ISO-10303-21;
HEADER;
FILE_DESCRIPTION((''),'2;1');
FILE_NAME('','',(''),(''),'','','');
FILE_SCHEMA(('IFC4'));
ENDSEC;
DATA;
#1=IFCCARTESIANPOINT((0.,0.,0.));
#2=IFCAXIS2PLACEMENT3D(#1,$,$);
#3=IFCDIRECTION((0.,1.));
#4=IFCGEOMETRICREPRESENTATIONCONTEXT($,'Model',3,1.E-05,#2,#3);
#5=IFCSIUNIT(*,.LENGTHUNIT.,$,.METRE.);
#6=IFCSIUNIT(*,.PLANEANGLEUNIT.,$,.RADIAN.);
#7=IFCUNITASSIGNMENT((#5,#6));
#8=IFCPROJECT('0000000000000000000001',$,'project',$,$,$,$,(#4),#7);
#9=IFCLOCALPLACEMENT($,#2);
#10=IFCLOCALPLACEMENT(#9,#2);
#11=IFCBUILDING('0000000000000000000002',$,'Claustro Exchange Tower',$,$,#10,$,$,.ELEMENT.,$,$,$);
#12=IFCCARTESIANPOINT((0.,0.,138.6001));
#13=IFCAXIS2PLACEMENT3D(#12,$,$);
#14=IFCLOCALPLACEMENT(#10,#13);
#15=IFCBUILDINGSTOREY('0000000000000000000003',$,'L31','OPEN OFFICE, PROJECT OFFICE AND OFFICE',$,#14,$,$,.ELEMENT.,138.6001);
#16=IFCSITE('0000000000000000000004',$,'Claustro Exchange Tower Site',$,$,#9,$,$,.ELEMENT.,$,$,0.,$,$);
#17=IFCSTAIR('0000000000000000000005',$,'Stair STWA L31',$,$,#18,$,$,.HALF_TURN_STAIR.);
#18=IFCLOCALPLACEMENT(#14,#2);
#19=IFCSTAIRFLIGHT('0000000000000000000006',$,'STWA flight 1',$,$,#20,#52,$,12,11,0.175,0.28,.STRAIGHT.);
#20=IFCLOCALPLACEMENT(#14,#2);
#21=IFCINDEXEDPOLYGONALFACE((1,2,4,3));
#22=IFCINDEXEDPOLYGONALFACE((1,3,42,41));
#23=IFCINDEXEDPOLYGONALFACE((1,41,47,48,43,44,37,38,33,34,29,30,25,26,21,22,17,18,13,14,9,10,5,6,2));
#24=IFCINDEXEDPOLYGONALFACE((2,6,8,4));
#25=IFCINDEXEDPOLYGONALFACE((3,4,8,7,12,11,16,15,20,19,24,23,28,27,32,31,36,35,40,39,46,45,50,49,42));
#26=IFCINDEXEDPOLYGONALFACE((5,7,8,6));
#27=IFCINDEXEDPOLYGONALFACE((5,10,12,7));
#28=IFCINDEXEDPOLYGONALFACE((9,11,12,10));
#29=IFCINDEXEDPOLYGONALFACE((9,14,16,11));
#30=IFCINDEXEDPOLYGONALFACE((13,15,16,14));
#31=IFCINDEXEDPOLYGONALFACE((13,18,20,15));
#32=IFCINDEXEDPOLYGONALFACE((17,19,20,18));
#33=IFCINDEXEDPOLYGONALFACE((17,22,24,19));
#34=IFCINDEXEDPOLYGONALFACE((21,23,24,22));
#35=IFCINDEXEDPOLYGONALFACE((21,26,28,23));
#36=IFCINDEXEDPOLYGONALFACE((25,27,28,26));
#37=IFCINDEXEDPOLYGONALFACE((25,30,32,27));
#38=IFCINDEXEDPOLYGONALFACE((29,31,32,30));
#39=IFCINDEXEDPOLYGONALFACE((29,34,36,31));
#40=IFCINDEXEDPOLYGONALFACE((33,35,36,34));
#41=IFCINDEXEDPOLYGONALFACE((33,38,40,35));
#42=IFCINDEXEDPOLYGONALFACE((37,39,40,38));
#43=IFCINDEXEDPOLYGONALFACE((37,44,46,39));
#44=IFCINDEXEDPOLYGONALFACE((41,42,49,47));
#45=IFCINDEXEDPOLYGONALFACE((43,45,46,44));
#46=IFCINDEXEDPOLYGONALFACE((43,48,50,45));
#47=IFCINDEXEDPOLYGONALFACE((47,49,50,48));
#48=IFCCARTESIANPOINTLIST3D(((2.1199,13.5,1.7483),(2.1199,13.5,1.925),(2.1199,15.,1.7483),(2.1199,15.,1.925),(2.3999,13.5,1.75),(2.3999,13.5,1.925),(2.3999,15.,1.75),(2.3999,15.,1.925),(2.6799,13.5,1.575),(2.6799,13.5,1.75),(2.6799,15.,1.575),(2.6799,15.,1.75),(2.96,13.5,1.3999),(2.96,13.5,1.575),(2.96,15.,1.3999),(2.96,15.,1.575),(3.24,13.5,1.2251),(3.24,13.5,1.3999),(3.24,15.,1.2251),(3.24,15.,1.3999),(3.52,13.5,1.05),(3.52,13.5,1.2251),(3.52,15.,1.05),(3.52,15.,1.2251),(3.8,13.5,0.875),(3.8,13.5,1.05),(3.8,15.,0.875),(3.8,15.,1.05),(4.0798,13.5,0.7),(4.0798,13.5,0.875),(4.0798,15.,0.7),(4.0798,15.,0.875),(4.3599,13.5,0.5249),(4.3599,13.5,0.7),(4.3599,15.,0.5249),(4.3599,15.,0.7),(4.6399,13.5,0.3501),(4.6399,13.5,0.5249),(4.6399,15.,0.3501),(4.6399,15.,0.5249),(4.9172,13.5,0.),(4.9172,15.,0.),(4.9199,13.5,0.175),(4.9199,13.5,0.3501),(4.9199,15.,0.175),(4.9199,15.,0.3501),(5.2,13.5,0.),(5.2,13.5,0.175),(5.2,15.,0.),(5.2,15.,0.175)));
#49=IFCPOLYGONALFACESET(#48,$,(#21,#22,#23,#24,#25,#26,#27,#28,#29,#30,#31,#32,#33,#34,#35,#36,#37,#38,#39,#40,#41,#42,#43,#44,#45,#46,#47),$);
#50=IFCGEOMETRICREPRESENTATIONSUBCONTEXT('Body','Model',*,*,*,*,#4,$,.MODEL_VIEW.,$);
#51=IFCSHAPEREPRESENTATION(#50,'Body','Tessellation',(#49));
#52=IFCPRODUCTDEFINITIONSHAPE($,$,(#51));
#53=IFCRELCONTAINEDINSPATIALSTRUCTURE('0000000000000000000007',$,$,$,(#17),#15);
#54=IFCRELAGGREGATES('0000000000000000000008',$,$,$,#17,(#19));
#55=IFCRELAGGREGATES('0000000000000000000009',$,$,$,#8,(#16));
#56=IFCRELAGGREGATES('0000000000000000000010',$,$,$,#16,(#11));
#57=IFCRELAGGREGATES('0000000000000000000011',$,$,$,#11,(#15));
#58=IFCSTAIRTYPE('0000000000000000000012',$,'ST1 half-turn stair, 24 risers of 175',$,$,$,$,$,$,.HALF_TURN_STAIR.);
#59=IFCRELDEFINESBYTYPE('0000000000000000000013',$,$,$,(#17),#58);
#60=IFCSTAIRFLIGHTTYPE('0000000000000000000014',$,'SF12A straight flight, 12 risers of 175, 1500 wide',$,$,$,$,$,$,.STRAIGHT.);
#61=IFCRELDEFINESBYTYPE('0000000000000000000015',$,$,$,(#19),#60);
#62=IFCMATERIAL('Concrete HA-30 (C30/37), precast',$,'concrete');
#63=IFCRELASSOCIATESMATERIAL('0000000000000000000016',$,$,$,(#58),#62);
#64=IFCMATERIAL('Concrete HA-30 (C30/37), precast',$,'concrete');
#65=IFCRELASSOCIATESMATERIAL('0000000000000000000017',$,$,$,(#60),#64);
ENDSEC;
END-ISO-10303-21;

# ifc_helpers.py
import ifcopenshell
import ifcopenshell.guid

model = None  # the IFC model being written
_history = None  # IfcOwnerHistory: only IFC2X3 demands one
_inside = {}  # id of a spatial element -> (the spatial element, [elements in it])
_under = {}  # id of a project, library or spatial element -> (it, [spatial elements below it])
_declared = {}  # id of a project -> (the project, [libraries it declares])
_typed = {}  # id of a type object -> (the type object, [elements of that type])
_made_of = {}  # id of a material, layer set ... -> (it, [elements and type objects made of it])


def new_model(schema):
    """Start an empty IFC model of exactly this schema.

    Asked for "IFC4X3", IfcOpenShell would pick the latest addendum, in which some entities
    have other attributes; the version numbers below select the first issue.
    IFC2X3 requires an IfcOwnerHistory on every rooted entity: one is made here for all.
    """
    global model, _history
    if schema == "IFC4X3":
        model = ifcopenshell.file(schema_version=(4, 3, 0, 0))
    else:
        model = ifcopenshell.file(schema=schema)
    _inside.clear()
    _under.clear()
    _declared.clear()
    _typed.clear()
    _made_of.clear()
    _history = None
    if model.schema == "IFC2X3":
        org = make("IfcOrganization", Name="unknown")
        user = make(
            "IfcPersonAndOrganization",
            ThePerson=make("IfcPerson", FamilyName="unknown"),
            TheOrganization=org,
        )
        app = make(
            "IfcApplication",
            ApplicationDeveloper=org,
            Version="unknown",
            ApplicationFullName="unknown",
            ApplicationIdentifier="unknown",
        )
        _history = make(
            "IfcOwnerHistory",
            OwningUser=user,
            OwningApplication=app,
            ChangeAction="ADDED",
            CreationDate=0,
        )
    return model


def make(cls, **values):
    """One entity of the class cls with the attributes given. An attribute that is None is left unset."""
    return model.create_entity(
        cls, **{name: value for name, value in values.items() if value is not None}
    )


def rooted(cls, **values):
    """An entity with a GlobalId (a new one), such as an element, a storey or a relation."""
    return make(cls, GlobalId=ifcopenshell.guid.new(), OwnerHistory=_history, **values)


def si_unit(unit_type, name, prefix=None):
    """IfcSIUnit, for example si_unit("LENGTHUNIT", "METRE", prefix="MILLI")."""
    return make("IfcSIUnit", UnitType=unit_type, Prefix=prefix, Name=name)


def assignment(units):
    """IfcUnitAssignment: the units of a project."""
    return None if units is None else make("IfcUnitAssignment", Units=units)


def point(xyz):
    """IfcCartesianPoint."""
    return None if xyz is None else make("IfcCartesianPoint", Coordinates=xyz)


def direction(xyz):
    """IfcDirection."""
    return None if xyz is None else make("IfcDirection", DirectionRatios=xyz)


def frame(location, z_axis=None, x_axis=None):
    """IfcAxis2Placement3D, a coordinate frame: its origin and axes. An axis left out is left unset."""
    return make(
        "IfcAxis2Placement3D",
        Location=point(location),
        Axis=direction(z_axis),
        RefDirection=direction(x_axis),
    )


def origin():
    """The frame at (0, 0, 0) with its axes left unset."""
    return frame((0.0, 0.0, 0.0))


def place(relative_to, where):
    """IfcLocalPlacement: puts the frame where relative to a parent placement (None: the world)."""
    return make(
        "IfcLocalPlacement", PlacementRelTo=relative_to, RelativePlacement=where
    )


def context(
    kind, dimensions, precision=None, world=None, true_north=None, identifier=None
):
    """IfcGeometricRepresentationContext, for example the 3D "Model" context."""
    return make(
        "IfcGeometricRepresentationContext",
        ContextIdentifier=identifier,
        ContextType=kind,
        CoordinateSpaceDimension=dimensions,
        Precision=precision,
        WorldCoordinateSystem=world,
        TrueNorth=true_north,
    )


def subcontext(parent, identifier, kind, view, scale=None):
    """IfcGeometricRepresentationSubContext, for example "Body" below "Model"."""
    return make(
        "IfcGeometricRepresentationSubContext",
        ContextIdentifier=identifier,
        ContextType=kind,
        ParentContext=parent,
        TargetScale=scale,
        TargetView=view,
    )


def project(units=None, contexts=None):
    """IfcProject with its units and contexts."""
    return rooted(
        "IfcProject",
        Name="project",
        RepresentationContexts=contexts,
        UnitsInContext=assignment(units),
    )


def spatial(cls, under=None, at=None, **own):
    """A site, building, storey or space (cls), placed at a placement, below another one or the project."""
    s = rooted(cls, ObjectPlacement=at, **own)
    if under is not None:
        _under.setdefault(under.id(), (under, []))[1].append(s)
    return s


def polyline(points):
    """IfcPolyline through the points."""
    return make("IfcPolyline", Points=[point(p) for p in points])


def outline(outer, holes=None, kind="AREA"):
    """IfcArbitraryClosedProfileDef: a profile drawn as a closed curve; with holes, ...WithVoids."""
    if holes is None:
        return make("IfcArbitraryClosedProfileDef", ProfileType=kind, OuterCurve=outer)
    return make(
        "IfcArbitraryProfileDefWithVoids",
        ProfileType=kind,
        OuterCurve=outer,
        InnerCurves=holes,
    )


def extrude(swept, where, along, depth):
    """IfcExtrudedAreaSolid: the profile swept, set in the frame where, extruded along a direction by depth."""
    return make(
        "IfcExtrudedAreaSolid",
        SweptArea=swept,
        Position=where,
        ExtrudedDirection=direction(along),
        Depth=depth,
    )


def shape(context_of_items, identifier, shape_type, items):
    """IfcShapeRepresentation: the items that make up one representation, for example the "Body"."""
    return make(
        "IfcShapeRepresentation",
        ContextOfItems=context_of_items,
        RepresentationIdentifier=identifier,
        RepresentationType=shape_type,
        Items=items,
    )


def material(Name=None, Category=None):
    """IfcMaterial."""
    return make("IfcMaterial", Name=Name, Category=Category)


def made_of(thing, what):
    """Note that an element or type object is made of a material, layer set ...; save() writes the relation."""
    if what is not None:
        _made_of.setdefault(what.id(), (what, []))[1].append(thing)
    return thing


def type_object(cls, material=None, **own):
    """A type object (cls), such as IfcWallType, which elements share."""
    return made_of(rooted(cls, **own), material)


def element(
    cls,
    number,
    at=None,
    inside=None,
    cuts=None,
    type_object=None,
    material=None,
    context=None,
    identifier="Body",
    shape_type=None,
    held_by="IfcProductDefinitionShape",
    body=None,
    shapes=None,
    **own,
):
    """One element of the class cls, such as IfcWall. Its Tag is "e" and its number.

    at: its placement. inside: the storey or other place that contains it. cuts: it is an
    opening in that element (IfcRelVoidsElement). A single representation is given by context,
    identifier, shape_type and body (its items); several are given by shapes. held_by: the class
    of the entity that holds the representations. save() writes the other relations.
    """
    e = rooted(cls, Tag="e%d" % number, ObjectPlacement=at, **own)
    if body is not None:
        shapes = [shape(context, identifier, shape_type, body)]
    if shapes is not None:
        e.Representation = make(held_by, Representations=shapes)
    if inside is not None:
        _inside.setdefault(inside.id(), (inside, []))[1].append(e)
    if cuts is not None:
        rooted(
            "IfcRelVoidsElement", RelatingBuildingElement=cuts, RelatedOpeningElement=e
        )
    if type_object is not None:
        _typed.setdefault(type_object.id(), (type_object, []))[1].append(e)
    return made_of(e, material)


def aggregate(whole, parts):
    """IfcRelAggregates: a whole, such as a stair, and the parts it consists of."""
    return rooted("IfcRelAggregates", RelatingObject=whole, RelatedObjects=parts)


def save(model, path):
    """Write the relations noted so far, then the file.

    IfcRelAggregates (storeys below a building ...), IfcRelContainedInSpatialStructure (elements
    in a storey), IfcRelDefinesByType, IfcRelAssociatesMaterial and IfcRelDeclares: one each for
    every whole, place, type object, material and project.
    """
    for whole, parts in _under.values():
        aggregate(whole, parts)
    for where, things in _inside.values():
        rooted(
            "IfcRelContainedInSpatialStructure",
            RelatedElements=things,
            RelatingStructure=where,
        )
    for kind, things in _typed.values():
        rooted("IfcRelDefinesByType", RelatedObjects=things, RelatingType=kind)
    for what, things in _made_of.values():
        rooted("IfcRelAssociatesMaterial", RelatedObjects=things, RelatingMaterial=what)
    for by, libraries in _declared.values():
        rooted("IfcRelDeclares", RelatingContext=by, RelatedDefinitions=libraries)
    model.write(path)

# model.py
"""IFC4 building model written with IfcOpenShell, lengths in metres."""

from ifc_helpers import new_model, si_unit, direction, frame, origin, place, context, subcontext, project, spatial, polyline, outline, extrude, material, type_object, element, aggregate, save


model = new_model("IFC4")

# Units and contexts
model_context = context("Model", 3, precision=1e-05, world=origin(), true_north=direction((0.0, 1.0)))
body_context = subcontext(model_context, "Body", "Model", "MODEL_VIEW")
ifc_project = project(units=[si_unit("LENGTHUNIT", "METRE"), si_unit("PLANEANGLEUNIT", "RADIAN")], contexts=[model_context])

# Site, building, storey
site_placement = place(None, origin())
site = spatial("IfcSite", under=ifc_project, at=site_placement, Name="Claustro Exchange Tower Site", CompositionType="ELEMENT", RefElevation=0.0)
building_placement = place(site_placement, origin())
building = spatial("IfcBuilding", under=site, at=building_placement, Name="Claustro Exchange Tower", CompositionType="ELEMENT")
storey_placement = place(building_placement, frame((0.0, 0.0, 138.6001)))
storey = spatial("IfcBuildingStorey", under=building, at=storey_placement, Name="L31", Description="OPEN OFFICE, PROJECT OFFICE AND OFFICE", CompositionType="ELEMENT", Elevation=138.6001)

# Stair, stair flight
ifc_material_1 = material(Name="Concrete HA-30 (C30/37), precast", Category="concrete")
stair_type = type_object("IfcStairType", Name="ST1 half-turn stair, 24 risers of 175", PredefinedType="HALF_TURN_STAIR", material=ifc_material_1)
stair_placement = place(storey_placement, origin())
stair = element("IfcStair", 1, at=stair_placement, inside=storey, type_object=stair_type, Name="Stair STWA L31", PredefinedType="HALF_TURN_STAIR")
ifc_material_2 = material(Name="Concrete HA-30 (C30/37), precast", Category="concrete")
stair_flight_type = type_object("IfcStairFlightType", Name="SF12A straight flight, 12 risers of 175, 1500 wide", PredefinedType="STRAIGHT", material=ifc_material_2)
stair_flight_placement = place(storey_placement, frame((5.2, 14.25, 0.0), z_axis=(0.0, 0.0, 1.0), x_axis=(-1.0, 0.0, 0.0)))
stair_flight = element("IfcStairFlight", 2, at=stair_flight_placement, type_object=stair_flight_type, Name="STWA flight 1", NumberOfRisers=12, NumberOfTreads=11, PredefinedType="STRAIGHT", RiserHeight=0.175, TreadLength=0.28, context=body_context, shape_type="SweptSolid", body=[
    extrude(outline(polyline([(0.0, 0.0), (0.0, 0.175), (0.28, 0.175), (0.28, 0.3501), (0.5601, 0.3501), (0.5601, 0.5249), (0.8401, 0.5249), (0.8401, 0.7), (1.1201, 0.7), (1.1201, 0.875), (1.3999, 0.875), (1.3999, 1.05), (1.6799, 1.05), (1.6799, 1.2251), (1.96, 1.2251), (1.96, 1.3999), (2.24, 1.3999), (2.24, 1.575), (2.52, 1.575), (2.52, 1.75), (2.8, 1.75), (2.8, 1.925), (3.0801, 1.925), (3.0801, 2.1001), (3.0801, 1.7483), (0.2827, 0.0), (0.0, 0.0)])), frame((0.0, 0.75, 0.0), z_axis=(0.0, -1.0, 0.0), x_axis=(1.0, 0.0, 0.0)), (0.0, 0.0, 1.0), 1.5),
])
aggregate(stair, [stair_flight])

save(model, "model.ifc")
